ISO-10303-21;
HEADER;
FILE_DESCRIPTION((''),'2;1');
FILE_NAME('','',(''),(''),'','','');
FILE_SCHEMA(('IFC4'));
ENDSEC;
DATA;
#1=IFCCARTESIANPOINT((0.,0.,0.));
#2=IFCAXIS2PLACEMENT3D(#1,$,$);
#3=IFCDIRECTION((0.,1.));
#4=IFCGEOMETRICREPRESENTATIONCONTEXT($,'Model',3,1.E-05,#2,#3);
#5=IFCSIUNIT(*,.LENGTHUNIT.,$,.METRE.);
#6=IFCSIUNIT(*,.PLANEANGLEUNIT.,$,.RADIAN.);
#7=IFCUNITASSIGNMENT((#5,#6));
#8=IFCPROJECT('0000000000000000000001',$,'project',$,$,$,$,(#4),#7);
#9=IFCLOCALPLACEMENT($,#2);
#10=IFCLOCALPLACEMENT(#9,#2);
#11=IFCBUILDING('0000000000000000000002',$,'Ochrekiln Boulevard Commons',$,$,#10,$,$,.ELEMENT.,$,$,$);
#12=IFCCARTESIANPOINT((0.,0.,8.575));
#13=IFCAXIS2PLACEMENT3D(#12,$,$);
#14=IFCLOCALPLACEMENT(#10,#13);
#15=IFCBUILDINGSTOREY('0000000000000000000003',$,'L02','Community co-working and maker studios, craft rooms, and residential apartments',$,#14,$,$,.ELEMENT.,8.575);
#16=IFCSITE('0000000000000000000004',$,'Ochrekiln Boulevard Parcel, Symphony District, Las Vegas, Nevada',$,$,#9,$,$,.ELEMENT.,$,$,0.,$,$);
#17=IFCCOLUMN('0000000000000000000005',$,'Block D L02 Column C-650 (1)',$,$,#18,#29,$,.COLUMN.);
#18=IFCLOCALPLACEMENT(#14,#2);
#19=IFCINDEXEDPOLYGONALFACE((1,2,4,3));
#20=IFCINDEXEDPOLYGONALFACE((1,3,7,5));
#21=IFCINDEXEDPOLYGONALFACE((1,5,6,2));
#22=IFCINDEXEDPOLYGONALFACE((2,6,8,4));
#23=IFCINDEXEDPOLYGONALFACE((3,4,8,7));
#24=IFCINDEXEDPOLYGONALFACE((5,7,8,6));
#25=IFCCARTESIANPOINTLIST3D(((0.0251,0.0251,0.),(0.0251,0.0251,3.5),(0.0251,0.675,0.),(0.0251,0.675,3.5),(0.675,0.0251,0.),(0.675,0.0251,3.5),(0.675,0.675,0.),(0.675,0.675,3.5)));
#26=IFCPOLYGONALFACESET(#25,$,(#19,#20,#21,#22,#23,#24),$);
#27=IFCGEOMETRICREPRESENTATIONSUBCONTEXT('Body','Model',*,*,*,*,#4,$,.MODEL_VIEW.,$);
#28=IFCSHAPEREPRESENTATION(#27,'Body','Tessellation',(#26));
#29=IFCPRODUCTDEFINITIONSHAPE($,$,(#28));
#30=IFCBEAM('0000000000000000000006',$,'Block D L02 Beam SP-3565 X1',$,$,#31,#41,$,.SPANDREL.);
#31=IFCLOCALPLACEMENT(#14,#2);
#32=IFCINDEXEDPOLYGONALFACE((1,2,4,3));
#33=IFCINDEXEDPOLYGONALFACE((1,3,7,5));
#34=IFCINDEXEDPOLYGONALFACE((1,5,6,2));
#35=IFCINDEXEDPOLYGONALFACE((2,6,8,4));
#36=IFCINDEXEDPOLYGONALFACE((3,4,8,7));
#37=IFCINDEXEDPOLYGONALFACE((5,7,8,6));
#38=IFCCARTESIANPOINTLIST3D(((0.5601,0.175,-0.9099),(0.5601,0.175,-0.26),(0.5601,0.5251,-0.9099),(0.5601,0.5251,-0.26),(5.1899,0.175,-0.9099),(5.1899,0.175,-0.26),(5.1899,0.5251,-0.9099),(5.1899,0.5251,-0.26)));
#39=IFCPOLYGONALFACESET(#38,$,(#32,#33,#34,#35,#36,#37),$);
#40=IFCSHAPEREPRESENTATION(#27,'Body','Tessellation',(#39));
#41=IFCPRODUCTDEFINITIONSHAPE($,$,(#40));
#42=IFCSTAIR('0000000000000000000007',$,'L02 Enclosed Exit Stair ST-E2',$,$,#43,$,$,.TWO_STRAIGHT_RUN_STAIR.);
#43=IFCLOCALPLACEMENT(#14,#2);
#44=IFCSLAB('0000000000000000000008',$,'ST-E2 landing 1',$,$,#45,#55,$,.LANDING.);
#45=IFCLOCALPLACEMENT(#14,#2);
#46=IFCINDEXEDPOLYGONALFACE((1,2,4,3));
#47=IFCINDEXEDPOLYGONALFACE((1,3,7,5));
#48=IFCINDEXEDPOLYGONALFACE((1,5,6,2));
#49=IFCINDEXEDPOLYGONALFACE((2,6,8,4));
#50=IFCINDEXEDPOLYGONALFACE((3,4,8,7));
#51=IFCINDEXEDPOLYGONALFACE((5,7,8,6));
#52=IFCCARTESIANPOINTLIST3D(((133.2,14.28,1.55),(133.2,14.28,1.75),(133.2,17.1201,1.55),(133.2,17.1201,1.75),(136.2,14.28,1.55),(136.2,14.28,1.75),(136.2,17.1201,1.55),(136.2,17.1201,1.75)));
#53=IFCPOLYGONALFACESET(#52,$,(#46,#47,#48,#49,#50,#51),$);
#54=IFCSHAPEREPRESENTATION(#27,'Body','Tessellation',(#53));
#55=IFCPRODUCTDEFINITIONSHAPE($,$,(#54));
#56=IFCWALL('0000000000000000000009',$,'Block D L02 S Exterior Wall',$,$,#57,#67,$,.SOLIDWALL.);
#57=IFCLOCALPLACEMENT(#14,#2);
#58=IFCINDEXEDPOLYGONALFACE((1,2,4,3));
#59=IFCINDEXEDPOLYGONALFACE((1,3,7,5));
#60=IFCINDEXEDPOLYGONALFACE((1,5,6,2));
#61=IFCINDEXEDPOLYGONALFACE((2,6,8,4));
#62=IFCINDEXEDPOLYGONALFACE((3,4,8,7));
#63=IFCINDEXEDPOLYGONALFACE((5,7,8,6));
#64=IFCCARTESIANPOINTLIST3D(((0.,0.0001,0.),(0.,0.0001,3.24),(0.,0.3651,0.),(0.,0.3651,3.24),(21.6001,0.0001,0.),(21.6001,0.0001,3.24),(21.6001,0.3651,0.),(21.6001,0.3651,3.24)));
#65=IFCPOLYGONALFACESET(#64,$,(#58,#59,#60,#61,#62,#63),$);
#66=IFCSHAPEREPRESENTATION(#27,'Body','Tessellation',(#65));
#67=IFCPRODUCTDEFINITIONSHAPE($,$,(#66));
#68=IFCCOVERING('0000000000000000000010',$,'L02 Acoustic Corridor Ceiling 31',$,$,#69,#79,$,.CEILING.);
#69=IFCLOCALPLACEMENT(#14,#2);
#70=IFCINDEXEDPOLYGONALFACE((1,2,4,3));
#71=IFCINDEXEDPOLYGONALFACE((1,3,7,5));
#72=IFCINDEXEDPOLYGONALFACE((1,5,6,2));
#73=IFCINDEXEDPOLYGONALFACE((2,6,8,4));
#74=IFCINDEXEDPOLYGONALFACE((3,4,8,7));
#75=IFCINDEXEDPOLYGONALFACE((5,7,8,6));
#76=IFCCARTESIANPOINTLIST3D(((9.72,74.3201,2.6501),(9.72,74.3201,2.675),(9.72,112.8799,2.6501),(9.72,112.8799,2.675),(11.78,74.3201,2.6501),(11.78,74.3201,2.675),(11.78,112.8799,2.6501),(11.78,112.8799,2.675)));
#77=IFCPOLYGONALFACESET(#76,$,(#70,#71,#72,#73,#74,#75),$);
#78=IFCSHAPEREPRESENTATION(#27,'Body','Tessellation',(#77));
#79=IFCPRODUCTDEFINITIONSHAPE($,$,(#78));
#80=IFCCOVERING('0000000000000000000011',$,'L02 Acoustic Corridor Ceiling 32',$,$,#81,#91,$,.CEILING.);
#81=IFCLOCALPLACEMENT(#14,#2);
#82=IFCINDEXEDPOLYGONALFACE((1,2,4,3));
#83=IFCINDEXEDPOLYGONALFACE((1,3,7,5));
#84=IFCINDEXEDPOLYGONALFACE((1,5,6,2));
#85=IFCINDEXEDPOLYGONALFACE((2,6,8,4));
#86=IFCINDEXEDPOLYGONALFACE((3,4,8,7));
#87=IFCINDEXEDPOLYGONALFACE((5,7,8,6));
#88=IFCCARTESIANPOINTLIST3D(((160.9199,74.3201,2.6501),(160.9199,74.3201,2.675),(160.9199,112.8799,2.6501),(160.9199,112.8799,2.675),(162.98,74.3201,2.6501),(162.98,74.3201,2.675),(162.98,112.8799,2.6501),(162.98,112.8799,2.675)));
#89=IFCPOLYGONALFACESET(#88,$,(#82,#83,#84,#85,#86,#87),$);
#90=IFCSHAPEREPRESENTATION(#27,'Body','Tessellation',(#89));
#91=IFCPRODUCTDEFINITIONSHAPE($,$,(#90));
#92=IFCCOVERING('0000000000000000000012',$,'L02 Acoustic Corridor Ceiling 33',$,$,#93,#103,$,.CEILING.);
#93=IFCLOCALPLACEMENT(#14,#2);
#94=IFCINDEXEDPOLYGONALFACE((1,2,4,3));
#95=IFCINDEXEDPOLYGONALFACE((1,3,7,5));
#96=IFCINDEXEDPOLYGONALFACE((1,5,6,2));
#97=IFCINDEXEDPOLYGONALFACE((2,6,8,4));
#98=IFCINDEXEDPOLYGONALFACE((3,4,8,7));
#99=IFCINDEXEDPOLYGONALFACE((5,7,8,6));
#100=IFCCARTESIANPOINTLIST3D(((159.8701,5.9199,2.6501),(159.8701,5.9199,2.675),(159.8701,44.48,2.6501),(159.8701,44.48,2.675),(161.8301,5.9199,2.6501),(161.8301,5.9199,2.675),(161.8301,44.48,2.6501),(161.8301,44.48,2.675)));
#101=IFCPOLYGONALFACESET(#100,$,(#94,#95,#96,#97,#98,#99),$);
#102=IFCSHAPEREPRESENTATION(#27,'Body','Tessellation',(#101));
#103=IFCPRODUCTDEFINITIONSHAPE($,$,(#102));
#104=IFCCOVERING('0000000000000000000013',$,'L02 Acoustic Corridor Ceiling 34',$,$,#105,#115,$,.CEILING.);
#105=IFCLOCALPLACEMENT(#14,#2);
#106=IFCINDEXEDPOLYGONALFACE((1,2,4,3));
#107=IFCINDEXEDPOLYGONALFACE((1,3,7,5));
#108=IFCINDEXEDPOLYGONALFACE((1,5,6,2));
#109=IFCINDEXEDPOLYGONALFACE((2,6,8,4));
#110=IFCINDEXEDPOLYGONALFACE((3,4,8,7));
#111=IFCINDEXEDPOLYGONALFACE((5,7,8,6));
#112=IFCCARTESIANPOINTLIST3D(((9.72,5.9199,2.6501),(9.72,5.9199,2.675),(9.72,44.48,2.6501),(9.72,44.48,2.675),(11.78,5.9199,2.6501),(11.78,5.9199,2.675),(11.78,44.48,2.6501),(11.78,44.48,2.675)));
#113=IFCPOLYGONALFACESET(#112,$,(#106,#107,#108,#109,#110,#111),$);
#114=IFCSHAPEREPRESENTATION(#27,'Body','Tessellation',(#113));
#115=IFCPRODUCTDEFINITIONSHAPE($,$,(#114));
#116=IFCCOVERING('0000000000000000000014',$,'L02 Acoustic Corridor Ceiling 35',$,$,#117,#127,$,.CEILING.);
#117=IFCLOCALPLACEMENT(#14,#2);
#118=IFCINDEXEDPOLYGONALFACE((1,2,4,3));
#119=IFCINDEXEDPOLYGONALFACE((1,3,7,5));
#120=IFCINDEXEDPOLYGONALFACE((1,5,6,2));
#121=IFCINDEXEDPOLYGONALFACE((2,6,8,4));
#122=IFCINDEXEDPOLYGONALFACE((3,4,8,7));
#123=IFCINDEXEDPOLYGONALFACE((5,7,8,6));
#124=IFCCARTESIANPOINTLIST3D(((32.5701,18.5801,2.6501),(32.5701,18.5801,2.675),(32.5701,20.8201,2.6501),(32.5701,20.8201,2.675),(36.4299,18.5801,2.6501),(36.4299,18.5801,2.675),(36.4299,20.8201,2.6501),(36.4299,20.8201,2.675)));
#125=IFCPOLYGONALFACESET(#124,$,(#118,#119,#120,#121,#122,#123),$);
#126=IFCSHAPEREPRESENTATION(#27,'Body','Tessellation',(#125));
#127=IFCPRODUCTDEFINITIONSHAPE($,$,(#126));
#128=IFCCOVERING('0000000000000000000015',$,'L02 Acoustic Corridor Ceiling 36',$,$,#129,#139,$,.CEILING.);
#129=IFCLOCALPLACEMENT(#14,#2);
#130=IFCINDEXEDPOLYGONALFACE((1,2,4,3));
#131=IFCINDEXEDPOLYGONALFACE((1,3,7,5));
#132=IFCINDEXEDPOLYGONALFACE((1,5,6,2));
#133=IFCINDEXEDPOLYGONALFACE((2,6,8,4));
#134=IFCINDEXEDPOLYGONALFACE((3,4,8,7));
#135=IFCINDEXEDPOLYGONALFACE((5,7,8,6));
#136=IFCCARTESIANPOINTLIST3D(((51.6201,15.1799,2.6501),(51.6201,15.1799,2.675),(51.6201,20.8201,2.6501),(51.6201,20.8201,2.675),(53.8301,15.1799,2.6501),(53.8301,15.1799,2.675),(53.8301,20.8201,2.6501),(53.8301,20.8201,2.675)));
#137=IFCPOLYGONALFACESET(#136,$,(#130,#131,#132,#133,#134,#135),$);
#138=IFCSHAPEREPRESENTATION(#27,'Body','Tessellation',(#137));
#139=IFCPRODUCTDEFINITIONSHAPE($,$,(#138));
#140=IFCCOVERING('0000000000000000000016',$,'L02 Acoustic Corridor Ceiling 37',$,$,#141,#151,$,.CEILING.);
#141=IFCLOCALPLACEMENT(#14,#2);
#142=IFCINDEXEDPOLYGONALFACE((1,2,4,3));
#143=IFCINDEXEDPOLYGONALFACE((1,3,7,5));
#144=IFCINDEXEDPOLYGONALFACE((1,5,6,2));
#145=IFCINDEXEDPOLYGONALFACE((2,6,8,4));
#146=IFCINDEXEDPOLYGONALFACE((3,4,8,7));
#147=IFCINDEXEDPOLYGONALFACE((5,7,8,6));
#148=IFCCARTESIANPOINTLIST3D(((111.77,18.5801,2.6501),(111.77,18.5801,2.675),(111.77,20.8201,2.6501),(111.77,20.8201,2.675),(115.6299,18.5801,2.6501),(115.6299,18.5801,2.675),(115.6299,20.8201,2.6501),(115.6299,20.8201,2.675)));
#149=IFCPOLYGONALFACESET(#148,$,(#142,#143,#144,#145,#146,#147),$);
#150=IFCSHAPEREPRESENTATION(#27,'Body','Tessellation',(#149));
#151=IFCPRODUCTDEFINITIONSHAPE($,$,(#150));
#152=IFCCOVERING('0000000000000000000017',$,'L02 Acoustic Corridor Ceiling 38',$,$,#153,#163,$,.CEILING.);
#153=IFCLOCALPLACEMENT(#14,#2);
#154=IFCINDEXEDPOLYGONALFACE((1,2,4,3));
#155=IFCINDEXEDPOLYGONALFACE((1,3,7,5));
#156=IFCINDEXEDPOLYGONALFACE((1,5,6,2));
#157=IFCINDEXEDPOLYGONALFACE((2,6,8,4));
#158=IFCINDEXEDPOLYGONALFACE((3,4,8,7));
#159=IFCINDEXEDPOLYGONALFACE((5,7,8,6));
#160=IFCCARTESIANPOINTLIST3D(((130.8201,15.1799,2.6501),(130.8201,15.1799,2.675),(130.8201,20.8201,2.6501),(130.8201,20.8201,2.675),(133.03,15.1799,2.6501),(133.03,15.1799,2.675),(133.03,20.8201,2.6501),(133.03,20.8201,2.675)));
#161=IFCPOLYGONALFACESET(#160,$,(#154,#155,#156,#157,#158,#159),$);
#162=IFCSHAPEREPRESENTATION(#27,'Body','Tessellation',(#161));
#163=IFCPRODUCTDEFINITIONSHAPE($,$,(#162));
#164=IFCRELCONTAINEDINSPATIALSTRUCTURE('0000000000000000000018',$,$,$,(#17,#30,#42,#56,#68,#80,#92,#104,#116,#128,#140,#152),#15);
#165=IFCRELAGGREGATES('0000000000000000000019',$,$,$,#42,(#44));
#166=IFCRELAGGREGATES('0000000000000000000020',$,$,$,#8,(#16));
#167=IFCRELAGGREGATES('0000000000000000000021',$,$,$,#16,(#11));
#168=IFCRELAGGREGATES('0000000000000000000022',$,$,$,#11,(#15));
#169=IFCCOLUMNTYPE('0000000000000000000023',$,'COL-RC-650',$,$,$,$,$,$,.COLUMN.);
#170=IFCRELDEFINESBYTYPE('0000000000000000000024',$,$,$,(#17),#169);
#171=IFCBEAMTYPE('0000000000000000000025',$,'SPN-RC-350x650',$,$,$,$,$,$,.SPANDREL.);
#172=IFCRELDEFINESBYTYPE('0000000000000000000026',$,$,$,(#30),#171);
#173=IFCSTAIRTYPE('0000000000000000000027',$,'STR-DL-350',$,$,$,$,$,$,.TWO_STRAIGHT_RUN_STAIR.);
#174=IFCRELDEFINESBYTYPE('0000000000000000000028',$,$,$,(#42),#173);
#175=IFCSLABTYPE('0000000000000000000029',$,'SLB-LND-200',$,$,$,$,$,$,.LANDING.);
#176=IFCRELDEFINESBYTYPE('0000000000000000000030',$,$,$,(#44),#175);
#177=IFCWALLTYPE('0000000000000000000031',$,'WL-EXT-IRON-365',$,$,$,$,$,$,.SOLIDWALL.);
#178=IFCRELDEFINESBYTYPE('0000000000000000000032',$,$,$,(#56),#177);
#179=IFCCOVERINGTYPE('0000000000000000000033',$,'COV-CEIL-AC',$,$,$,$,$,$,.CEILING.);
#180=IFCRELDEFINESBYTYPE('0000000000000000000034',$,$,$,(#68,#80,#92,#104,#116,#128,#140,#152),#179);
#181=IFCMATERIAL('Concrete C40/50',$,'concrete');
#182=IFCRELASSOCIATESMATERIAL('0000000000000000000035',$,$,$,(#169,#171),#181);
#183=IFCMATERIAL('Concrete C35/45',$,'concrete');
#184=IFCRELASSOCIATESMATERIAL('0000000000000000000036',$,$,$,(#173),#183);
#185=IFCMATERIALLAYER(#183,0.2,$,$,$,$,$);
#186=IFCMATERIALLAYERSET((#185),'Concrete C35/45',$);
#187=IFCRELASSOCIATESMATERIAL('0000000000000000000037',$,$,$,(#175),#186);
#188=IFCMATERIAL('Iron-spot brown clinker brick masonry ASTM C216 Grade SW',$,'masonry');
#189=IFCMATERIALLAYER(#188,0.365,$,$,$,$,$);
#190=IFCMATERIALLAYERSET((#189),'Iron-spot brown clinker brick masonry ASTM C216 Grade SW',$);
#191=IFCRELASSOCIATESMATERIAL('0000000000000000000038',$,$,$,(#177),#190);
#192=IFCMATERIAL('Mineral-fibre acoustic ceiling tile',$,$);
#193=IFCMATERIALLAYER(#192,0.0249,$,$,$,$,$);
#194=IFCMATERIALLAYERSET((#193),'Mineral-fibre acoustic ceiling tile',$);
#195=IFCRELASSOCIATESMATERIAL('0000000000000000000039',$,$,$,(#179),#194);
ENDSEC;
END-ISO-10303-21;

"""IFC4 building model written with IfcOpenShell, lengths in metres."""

from ifc_helpers import new_model, si_unit, direction, frame, frame_2d, origin, origin_2d, place, context, subcontext, project, spatial, polyline, rectangle, outline, extrude, material, layer, layer_set, material_profile, profile_set, type_object, element, aggregate, save


model = new_model("IFC4")

# Units and contexts
model_context = context("Model", 3, precision=1e-05, world=origin(), true_north=direction((0.0, 1.0)))
body_context = subcontext(model_context, "Body", "Model", "MODEL_VIEW")
ifc_project = project(units=[si_unit("LENGTHUNIT", "METRE"), si_unit("PLANEANGLEUNIT", "RADIAN")], contexts=[model_context])

# Site, building, storey
site_placement = place(None, origin())
site = spatial("IfcSite", under=ifc_project, at=site_placement, Name="Ochrekiln Boulevard Parcel, Symphony District, Las Vegas, Nevada", CompositionType="ELEMENT", RefElevation=0.0)
building_placement = place(site_placement, origin())
building = spatial("IfcBuilding", under=site, at=building_placement, Name="Ochrekiln Boulevard Commons", CompositionType="ELEMENT")
storey_placement = place(building_placement, frame((0.0, 0.0, 8.575)))
storey = spatial("IfcBuildingStorey", under=building, at=storey_placement, Name="L02", Description="Community co-working and maker studios, craft rooms, and residential apartments", CompositionType="ELEMENT", Elevation=8.575)

# Column
ifc_material_1 = material(Name="Concrete C40/50", Category="concrete")
ifc_material_profile_1 = material_profile(ifc_material_1, rectangle(XDim=0.6499, YDim=0.6499, at=origin_2d()), Name="RC-COL-650x650")
ifc_profile_set_1 = profile_set([ifc_material_profile_1], Name="Concrete C40/50")
column_type = type_object("IfcColumnType", Name="COL-RC-650", PredefinedType="COLUMN", material=ifc_profile_set_1)
column_placement = place(storey_placement, frame((0.3501, 0.3501, 0.0), z_axis=(0.0, 0.0, 1.0), x_axis=(1.0, 0.0, 0.0)))
element("IfcColumn", 1, at=column_placement, inside=storey, type_object=column_type, Name="Block D L02 Column C-650 (1)", PredefinedType="COLUMN", context=body_context, shape_type="SweptSolid", body=[
    extrude(rectangle(XDim=0.6499, YDim=0.6499, at=origin_2d()), origin(), (0.0, 0.0, 1.0), 3.5),
])

# Beam
ifc_material_profile_2 = material_profile(ifc_material_1, rectangle(XDim=0.3501, YDim=0.6499, at=origin_2d()), Name="RC-SPN-350x650")
ifc_profile_set_2 = profile_set([ifc_material_profile_2], Name="Concrete C40/50")
beam_type = type_object("IfcBeamType", Name="SPN-RC-350x650", PredefinedType="SPANDREL", material=ifc_profile_set_2)
beam_placement = place(storey_placement, frame((0.5601, 0.3501, -0.585), z_axis=(1.0, 0.0, 0.0), x_axis=(0.0, 1.0, 0.0)))
element("IfcBeam", 2, at=beam_placement, inside=storey, type_object=beam_type, Name="Block D L02 Beam SP-3565 X1", PredefinedType="SPANDREL", context=body_context, shape_type="SweptSolid", body=[
    extrude(rectangle(XDim=0.3501, YDim=0.6499, at=origin_2d()), origin(), (0.0, 0.0, 1.0), 4.6299),
])

# Stair, slab
ifc_material_2 = material(Name="Concrete C35/45", Category="concrete")
stair_type = type_object("IfcStairType", Name="STR-DL-350", PredefinedType="TWO_STRAIGHT_RUN_STAIR", material=ifc_material_2)
stair_placement = place(storey_placement, origin())
stair = element("IfcStair", 3, at=stair_placement, inside=storey, type_object=stair_type, Name="L02 Enclosed Exit Stair ST-E2", PredefinedType="TWO_STRAIGHT_RUN_STAIR")
ifc_layer_1 = layer(ifc_material_2, 0.2)
ifc_layer_set_1 = layer_set([ifc_layer_1], Name="Concrete C35/45")
slab_type = type_object("IfcSlabType", Name="SLB-LND-200", PredefinedType="LANDING", material=ifc_layer_set_1)
slab_placement = place(storey_placement, frame((0.0, 0.0, 1.55)))
slab = element("IfcSlab", 4, at=slab_placement, type_object=slab_type, Name="ST-E2 landing 1", PredefinedType="LANDING", context=body_context, shape_type="SweptSolid", body=[
    extrude(outline(polyline([(133.2, 17.1201), (133.2, 14.28), (136.2, 14.28), (136.2, 17.1201), (133.2, 17.1201)])), origin(), (0.0, 0.0, 1.0), 0.2),
])
aggregate(stair, [slab])

# Wall
ifc_material_3 = material(Name="Iron-spot brown clinker brick masonry ASTM C216 Grade SW", Category="masonry")
ifc_layer_2 = layer(ifc_material_3, 0.365)
ifc_layer_set_2 = layer_set([ifc_layer_2], Name="Iron-spot brown clinker brick masonry ASTM C216 Grade SW")
wall_type = type_object("IfcWallType", Name="WL-EXT-IRON-365", PredefinedType="SOLIDWALL", material=ifc_layer_set_2)
wall_placement = place(storey_placement, frame((0.0, 0.1826, 0.0), z_axis=(0.0, 0.0, 1.0), x_axis=(1.0, 0.0, 0.0)))
element("IfcWall", 5, at=wall_placement, inside=storey, type_object=wall_type, Name="Block D L02 S Exterior Wall", PredefinedType="SOLIDWALL", context=body_context, shape_type="SweptSolid", body=[
    extrude(rectangle(XDim=21.6001, YDim=0.365, at=frame_2d((10.8, 0.0))), origin(), (0.0, 0.0, 1.0), 3.24),
])

# Coverings
ifc_material_4 = material(Name="Mineral-fibre acoustic ceiling tile")
ifc_layer_3 = layer(ifc_material_4, 0.0249)
ifc_layer_set_3 = layer_set([ifc_layer_3], Name="Mineral-fibre acoustic ceiling tile")
covering_type = type_object("IfcCoveringType", Name="COV-CEIL-AC", PredefinedType="CEILING", material=ifc_layer_set_3)
covering_1_placement = place(storey_placement, frame((0.0, 0.0, 2.6501)))
element("IfcCovering", 6, at=covering_1_placement, inside=storey, type_object=covering_type, Name="L02 Acoustic Corridor Ceiling 31", PredefinedType="CEILING", context=body_context, shape_type="SweptSolid", body=[
    extrude(outline(polyline([(9.72, 74.3201), (11.78, 74.3201), (11.78, 112.8799), (9.72, 112.8799), (9.72, 74.3201)])), origin(), (0.0, 0.0, 1.0), 0.0249),
])
covering_2_placement = place(storey_placement, frame((0.0, 0.0, 2.6501)))
element("IfcCovering", 7, at=covering_2_placement, inside=storey, type_object=covering_type, Name="L02 Acoustic Corridor Ceiling 32", PredefinedType="CEILING", context=body_context, shape_type="SweptSolid", body=[
    extrude(outline(polyline([(160.9199, 74.3201), (162.98, 74.3201), (162.98, 112.8799), (160.9199, 112.8799), (160.9199, 74.3201)])), origin(), (0.0, 0.0, 1.0), 0.0249),
])
covering_3_placement = place(storey_placement, frame((0.0, 0.0, 2.6501)))
element("IfcCovering", 8, at=covering_3_placement, inside=storey, type_object=covering_type, Name="L02 Acoustic Corridor Ceiling 33", PredefinedType="CEILING", context=body_context, shape_type="SweptSolid", body=[
    extrude(outline(polyline([(159.8701, 5.9199), (161.8301, 5.9199), (161.8301, 44.48), (159.8701, 44.48), (159.8701, 5.9199)])), origin(), (0.0, 0.0, 1.0), 0.0249),
])
covering_4_placement = place(storey_placement, frame((0.0, 0.0, 2.6501)))
element("IfcCovering", 9, at=covering_4_placement, inside=storey, type_object=covering_type, Name="L02 Acoustic Corridor Ceiling 34", PredefinedType="CEILING", context=body_context, shape_type="SweptSolid", body=[
    extrude(outline(polyline([(9.72, 5.9199), (11.78, 5.9199), (11.78, 44.48), (9.72, 44.48), (9.72, 5.9199)])), origin(), (0.0, 0.0, 1.0), 0.0249),
])
covering_5_placement = place(storey_placement, frame((0.0, 0.0, 2.6501)))
element("IfcCovering", 10, at=covering_5_placement, inside=storey, type_object=covering_type, Name="L02 Acoustic Corridor Ceiling 35", PredefinedType="CEILING", context=body_context, shape_type="SweptSolid", body=[
    extrude(outline(polyline([(32.5701, 18.5801), (36.4299, 18.5801), (36.4299, 20.8201), (32.5701, 20.8201), (32.5701, 18.5801)])), origin(), (0.0, 0.0, 1.0), 0.0249),
])
covering_6_placement = place(storey_placement, frame((0.0, 0.0, 2.6501)))
element("IfcCovering", 11, at=covering_6_placement, inside=storey, type_object=covering_type, Name="L02 Acoustic Corridor Ceiling 36", PredefinedType="CEILING", context=body_context, shape_type="SweptSolid", body=[
    extrude(outline(polyline([(51.6201, 15.1799), (53.8301, 15.1799), (53.8301, 20.8201), (51.6201, 20.8201), (51.6201, 15.1799)])), origin(), (0.0, 0.0, 1.0), 0.0249),
])
covering_7_placement = place(storey_placement, frame((0.0, 0.0, 2.6501)))
element("IfcCovering", 12, at=covering_7_placement, inside=storey, type_object=covering_type, Name="L02 Acoustic Corridor Ceiling 37", PredefinedType="CEILING", context=body_context, shape_type="SweptSolid", body=[
    extrude(outline(polyline([(111.77, 18.5801), (115.6299, 18.5801), (115.6299, 20.8201), (111.77, 20.8201), (111.77, 18.5801)])), origin(), (0.0, 0.0, 1.0), 0.0249),
])
covering_8_placement = place(storey_placement, frame((0.0, 0.0, 2.6501)))
element("IfcCovering", 13, at=covering_8_placement, inside=storey, type_object=covering_type, Name="L02 Acoustic Corridor Ceiling 38", PredefinedType="CEILING", context=body_context, shape_type="SweptSolid", body=[
    extrude(outline(polyline([(130.8201, 15.1799), (133.03, 15.1799), (133.03, 20.8201), (130.8201, 20.8201), (130.8201, 15.1799)])), origin(), (0.0, 0.0, 1.0), 0.0249),
])

save(model, "model.ifc")
